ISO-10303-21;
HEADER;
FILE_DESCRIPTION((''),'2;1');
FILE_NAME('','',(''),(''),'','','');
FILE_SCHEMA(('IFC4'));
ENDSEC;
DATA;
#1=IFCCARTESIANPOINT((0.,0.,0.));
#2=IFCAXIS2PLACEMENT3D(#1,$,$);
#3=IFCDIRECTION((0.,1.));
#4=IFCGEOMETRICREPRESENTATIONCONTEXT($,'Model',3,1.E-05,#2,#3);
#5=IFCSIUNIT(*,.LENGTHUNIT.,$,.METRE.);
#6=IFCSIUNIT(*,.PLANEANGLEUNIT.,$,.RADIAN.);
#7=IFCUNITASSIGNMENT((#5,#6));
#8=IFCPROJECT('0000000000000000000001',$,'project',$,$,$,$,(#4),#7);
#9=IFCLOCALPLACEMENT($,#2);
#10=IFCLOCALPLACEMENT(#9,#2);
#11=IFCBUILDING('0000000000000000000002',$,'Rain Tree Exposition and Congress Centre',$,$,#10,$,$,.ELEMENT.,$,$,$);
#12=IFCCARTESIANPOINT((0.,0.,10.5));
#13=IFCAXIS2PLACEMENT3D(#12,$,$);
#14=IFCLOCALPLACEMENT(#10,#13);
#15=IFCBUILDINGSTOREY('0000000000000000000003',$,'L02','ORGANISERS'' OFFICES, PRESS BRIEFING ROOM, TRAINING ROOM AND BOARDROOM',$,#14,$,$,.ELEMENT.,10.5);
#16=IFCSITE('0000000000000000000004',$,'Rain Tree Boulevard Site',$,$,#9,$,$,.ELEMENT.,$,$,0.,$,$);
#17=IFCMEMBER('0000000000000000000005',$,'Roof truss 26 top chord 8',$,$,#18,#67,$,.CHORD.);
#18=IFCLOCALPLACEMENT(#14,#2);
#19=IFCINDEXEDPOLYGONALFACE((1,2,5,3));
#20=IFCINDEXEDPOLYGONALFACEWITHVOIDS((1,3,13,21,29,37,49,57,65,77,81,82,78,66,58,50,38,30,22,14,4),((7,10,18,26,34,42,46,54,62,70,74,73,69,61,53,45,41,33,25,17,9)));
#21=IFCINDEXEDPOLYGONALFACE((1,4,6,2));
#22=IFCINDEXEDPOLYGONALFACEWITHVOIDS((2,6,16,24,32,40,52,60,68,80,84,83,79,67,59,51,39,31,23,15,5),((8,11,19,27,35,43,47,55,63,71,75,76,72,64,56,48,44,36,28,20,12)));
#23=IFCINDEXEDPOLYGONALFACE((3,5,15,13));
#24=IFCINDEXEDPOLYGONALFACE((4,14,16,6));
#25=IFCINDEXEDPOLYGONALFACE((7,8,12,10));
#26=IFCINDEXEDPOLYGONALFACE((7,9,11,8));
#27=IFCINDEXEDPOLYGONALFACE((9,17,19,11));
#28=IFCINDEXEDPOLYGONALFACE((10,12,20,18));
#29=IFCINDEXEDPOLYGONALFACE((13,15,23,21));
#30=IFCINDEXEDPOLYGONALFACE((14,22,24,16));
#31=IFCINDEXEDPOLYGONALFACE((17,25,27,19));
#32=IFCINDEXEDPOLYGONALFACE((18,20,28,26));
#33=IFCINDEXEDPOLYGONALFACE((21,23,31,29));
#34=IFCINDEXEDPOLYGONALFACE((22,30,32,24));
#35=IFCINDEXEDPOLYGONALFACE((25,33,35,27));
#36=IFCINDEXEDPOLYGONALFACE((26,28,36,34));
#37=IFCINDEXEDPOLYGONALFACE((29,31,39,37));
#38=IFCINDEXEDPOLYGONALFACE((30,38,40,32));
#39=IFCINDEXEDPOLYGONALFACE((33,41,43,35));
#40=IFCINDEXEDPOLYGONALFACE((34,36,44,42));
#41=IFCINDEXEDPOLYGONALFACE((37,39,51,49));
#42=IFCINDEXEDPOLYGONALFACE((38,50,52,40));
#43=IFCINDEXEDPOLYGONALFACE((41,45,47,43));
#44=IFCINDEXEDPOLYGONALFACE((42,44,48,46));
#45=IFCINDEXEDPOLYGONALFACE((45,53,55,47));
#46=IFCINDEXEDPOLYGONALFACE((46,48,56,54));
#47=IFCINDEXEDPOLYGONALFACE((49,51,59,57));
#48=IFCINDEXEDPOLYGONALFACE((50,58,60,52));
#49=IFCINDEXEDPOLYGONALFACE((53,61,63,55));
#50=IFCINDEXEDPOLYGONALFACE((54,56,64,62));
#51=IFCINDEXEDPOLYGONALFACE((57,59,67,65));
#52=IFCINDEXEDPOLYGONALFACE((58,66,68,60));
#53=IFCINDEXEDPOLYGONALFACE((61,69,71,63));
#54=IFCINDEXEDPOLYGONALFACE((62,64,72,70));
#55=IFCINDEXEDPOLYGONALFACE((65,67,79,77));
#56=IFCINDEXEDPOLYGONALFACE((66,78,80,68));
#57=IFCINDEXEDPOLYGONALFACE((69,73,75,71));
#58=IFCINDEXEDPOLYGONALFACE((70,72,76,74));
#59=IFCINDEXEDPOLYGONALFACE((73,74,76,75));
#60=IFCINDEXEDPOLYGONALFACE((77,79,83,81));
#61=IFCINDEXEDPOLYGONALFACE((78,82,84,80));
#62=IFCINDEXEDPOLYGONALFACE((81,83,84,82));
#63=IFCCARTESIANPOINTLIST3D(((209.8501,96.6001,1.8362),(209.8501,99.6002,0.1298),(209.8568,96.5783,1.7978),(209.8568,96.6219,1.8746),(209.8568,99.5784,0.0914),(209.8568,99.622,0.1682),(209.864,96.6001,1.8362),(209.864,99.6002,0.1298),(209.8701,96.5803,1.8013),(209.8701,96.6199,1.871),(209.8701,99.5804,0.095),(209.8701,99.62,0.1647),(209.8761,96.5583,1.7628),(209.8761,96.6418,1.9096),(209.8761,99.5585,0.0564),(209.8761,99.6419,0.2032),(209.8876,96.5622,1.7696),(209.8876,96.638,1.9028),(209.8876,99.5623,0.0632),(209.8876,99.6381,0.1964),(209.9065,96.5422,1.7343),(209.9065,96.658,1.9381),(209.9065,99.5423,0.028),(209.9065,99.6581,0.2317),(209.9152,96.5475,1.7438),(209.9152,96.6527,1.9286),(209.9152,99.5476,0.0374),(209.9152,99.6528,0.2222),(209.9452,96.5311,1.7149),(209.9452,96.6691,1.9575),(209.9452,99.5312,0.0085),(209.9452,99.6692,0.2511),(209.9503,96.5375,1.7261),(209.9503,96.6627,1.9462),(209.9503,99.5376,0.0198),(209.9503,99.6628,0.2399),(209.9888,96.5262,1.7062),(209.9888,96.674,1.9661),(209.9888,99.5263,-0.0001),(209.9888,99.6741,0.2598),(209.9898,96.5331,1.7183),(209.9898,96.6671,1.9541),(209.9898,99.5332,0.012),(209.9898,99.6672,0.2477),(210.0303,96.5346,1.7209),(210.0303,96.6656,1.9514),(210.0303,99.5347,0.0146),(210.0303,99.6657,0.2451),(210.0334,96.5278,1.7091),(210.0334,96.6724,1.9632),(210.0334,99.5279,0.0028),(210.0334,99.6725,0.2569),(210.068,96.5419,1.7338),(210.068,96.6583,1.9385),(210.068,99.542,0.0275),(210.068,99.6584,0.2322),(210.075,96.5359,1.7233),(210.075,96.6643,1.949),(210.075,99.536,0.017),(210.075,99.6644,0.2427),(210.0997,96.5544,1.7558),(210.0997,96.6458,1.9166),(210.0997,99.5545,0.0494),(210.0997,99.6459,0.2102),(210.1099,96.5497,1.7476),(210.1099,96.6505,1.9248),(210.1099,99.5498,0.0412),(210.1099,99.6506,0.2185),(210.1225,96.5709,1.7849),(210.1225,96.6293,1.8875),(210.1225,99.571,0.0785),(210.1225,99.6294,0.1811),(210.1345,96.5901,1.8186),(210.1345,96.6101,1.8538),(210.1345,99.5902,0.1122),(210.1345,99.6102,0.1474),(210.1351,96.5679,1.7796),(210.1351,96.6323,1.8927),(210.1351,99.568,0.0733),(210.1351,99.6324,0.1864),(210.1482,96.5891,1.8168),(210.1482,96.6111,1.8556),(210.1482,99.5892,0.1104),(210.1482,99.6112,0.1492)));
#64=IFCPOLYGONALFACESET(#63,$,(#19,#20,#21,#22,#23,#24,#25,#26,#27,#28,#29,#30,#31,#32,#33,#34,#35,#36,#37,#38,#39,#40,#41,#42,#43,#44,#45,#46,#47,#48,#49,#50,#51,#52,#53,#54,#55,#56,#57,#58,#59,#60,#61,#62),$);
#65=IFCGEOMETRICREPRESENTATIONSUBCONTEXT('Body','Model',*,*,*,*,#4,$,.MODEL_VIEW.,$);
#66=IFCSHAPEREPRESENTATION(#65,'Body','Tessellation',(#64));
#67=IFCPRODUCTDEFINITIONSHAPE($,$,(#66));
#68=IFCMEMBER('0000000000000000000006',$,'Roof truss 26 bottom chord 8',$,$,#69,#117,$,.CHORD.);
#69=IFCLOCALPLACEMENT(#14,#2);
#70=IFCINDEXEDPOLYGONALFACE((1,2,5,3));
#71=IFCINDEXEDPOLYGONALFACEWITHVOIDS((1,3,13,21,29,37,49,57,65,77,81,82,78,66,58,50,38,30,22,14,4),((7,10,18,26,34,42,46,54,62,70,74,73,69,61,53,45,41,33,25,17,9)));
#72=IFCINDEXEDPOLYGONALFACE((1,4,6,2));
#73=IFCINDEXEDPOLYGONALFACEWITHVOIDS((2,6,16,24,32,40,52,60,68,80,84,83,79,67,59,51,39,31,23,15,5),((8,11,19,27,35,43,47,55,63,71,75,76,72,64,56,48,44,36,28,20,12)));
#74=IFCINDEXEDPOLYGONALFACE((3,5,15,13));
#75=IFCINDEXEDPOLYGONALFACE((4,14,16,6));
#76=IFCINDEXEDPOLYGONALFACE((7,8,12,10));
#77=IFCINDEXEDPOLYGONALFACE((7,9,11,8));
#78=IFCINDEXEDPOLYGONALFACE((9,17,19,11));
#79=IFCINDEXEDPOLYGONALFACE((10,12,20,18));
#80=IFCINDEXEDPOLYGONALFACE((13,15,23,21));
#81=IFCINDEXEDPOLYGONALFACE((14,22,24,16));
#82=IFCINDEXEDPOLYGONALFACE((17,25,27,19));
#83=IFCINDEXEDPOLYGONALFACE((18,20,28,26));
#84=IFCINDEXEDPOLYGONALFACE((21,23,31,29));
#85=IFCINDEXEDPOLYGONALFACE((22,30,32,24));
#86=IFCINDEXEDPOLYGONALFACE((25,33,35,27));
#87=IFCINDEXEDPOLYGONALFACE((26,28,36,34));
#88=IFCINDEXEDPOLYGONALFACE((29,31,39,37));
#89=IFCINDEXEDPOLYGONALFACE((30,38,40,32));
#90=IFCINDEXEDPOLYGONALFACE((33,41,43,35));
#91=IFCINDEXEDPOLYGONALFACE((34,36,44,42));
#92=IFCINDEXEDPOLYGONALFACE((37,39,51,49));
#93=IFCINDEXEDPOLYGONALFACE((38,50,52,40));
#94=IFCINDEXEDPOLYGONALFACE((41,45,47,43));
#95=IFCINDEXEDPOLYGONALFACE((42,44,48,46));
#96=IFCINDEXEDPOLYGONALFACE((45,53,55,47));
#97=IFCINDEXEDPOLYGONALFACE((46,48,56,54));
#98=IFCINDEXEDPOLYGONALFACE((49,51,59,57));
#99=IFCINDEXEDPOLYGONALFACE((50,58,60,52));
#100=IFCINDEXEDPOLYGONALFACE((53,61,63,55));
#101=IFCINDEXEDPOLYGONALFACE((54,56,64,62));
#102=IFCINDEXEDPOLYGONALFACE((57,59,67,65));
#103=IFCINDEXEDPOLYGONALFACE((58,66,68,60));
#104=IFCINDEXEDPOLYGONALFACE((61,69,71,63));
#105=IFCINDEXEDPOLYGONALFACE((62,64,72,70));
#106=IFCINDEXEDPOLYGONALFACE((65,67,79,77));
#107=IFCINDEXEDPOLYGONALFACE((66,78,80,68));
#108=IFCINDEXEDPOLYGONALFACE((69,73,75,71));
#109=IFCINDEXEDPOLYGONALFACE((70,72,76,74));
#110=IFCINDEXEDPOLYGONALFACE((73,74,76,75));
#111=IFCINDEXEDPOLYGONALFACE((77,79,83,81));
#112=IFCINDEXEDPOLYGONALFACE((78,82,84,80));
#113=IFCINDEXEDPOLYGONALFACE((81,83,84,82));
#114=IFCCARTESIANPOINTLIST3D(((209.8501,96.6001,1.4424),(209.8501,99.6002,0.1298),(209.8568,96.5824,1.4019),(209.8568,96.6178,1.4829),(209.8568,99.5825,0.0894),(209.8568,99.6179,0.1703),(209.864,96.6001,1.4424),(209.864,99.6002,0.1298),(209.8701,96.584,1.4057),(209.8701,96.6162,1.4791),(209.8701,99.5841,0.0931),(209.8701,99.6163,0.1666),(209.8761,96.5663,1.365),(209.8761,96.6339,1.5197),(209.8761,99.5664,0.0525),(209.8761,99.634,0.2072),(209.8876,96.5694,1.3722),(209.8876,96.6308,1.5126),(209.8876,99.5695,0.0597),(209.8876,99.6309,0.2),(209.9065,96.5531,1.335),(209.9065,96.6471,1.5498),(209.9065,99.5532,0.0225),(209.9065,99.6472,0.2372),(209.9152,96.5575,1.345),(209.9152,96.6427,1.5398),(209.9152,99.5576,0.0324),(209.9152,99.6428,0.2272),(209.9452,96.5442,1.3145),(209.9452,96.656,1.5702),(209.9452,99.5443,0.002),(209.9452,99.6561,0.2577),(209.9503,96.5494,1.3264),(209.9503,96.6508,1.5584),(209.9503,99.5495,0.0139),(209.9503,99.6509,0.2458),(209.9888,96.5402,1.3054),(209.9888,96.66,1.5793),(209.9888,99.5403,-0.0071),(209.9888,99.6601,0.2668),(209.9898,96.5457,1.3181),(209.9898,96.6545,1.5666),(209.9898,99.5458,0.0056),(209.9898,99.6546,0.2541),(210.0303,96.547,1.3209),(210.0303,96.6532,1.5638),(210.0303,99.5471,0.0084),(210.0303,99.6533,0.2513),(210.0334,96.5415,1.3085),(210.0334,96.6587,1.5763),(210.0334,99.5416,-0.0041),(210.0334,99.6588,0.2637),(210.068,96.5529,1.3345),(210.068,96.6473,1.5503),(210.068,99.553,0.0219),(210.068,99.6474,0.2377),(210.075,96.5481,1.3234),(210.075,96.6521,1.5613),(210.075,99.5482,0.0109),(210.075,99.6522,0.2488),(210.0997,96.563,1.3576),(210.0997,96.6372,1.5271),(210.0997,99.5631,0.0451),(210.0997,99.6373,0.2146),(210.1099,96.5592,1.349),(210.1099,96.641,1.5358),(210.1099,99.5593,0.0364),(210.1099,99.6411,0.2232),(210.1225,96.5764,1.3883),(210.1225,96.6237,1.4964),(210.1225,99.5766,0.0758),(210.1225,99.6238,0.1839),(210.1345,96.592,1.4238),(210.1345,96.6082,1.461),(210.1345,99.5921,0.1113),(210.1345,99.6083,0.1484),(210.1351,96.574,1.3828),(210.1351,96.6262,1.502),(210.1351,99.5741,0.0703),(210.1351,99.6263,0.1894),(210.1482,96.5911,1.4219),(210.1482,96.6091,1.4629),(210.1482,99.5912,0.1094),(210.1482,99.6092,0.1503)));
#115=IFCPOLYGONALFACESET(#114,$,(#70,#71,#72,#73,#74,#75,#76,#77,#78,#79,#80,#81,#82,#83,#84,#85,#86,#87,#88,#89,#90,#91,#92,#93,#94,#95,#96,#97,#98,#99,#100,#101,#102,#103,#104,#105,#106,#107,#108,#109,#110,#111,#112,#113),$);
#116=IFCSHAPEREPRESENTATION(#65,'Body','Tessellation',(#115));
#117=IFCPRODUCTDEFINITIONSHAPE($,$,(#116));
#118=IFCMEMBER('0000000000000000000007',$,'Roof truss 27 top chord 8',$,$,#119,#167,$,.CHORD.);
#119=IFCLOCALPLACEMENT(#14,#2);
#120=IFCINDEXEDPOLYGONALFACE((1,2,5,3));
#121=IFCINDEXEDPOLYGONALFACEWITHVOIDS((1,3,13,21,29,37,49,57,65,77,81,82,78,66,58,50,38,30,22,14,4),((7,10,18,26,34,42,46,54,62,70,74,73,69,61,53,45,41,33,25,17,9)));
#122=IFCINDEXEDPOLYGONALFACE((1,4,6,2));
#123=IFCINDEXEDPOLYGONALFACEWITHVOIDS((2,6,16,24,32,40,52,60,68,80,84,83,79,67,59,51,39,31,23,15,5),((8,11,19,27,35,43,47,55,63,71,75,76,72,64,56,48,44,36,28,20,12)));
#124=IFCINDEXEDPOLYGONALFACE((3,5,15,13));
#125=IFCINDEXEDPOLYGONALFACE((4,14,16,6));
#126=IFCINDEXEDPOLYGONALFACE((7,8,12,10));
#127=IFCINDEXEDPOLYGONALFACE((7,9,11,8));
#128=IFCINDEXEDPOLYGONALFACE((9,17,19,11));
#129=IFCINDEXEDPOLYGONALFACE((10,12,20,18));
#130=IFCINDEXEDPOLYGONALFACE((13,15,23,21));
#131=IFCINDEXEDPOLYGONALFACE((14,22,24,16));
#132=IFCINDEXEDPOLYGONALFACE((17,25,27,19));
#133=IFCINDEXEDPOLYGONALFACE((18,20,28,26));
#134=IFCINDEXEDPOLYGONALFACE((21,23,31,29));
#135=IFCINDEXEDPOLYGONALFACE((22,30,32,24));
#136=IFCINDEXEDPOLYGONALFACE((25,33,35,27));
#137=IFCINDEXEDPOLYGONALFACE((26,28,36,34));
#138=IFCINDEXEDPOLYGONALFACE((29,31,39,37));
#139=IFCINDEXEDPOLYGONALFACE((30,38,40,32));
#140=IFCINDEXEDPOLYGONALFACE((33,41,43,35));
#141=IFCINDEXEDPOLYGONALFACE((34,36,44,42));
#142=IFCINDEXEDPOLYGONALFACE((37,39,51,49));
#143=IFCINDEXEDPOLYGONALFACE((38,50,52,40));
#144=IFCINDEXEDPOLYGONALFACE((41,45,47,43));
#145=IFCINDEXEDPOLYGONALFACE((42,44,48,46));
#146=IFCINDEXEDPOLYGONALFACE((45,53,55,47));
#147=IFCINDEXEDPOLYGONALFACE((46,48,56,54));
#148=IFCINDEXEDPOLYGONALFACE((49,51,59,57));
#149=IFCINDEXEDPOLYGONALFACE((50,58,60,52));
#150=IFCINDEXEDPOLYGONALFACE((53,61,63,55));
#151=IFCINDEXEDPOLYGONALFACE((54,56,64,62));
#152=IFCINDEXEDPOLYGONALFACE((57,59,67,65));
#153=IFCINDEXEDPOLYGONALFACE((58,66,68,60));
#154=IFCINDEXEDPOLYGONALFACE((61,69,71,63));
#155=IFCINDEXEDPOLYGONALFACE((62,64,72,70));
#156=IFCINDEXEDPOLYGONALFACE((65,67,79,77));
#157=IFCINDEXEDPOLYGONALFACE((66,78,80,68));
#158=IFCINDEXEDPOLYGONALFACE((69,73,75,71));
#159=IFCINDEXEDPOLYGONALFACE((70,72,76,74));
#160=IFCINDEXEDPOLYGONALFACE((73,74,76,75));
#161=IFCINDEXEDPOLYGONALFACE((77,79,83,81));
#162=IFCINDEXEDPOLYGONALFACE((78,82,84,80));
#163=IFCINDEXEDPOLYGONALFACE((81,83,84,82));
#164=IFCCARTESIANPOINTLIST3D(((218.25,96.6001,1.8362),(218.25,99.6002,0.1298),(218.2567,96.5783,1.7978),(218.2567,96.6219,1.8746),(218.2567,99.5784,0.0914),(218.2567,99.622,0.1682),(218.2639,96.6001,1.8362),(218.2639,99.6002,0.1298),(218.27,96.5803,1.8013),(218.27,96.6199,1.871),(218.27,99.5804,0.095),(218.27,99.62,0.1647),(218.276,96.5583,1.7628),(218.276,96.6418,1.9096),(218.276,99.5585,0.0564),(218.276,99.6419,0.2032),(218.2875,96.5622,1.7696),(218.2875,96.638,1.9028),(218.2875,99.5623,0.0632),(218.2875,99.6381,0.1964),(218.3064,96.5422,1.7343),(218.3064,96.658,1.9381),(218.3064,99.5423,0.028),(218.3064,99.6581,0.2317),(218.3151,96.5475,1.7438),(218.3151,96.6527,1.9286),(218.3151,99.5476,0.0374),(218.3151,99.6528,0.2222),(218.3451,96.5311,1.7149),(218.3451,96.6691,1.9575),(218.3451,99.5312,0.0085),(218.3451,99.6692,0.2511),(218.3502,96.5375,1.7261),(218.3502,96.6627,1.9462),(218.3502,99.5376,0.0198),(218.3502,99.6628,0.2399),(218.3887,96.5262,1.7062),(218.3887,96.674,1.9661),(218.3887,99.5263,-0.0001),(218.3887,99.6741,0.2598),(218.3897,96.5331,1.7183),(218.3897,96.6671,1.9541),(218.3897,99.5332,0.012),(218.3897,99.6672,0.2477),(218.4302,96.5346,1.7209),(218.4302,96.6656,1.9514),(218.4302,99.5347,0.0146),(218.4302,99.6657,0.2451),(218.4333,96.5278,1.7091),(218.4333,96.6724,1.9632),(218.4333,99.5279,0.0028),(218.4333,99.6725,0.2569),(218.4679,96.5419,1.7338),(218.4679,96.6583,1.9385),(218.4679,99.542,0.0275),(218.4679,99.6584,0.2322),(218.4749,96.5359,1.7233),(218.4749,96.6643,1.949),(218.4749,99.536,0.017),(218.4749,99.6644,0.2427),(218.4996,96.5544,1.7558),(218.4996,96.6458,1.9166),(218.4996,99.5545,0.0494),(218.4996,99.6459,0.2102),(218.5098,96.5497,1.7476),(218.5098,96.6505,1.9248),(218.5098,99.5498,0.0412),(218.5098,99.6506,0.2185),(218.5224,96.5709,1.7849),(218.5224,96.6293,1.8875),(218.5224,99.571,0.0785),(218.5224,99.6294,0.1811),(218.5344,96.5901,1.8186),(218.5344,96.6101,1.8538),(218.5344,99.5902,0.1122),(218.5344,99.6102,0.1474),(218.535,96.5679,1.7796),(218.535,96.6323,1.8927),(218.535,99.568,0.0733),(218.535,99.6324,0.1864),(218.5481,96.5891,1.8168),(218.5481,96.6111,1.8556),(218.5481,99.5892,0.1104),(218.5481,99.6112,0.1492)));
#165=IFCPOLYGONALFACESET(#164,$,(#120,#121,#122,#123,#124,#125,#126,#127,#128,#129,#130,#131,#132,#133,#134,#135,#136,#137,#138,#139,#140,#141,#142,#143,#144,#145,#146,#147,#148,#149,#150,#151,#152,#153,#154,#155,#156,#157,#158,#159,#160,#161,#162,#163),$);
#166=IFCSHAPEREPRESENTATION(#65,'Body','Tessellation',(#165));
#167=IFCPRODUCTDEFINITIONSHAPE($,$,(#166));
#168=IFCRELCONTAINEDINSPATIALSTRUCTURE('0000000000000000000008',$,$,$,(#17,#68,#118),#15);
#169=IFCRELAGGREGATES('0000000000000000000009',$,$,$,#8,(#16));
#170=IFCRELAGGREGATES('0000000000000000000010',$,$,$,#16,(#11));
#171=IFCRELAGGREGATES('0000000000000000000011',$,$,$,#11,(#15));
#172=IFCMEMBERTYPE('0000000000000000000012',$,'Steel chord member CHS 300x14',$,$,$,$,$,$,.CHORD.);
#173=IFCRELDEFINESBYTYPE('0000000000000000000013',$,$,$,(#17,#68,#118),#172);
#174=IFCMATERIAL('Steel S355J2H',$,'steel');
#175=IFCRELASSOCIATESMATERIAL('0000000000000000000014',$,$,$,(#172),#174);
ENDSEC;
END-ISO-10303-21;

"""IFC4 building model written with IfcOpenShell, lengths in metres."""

from ifc_helpers import new_model, si_unit, direction, frame, origin, origin_2d, place, context, subcontext, project, spatial, hollow_circle, extrude, material, material_profile, profile_set, type_object, element, save


model = new_model("IFC4")

# Units and contexts
model_context = context("Model", 3, precision=1e-05, world=origin(), true_north=direction((0.0, 1.0)))
body_context = subcontext(model_context, "Body", "Model", "MODEL_VIEW")
ifc_project = project(units=[si_unit("LENGTHUNIT", "METRE"), si_unit("PLANEANGLEUNIT", "RADIAN")], contexts=[model_context])

# Site, building, storey
site_placement = place(None, origin())
site = spatial("IfcSite", under=ifc_project, at=site_placement, Name="Rain Tree Boulevard Site", CompositionType="ELEMENT", RefElevation=0.0)
building_placement = place(site_placement, origin())
building = spatial("IfcBuilding", under=site, at=building_placement, Name="Rain Tree Exposition and Congress Centre", CompositionType="ELEMENT")
storey_placement = place(building_placement, frame((0.0, 0.0, 10.5)))
storey = spatial("IfcBuildingStorey", under=building, at=storey_placement, Name="L02", Description="ORGANISERS' OFFICES, PRESS BRIEFING ROOM, TRAINING ROOM AND BOARDROOM", CompositionType="ELEMENT", Elevation=10.5)

# Members
ifc_material_1 = material(Name="Steel S355J2H", Category="steel")
ifc_material_profile_1 = material_profile(ifc_material_1, hollow_circle(Radius=0.1499, WallThickness=0.0139, at=origin_2d()), Name="CHS 300x14")
ifc_profile_set_1 = profile_set([ifc_material_profile_1], Name="Steel S355J2H")
member_type_1 = type_object("IfcMemberType", Name="Steel chord member CHS 300x14", PredefinedType="CHORD", material=ifc_profile_set_1)
member_1_placement = place(storey_placement, frame((210.0, 96.6001, 1.8362), z_axis=(0.0, 0.869238, -0.494393), x_axis=(-1.0, 0.0, 0.0)))
element("IfcMember", 1, at=member_1_placement, inside=storey, type_object=member_type_1, Name="Roof truss 26 top chord 8", PredefinedType="CHORD", context=body_context, shape_type="SweptSolid", body=[
    extrude(hollow_circle(Radius=0.1499, WallThickness=0.0139, at=origin_2d()), origin(), (0.0, 0.0, 1.0), 3.4514),
])
member_2_placement = place(storey_placement, frame((210.0, 96.6001, 1.4424), z_axis=(0.0, 0.916157, -0.400819), x_axis=(-1.0, 0.0, 0.0)))
element("IfcMember", 2, at=member_2_placement, inside=storey, type_object=member_type_1, Name="Roof truss 26 bottom chord 8", PredefinedType="CHORD", context=body_context, shape_type="SweptSolid", body=[
    extrude(hollow_circle(Radius=0.1499, WallThickness=0.0139, at=origin_2d()), origin(), (0.0, 0.0, 1.0), 3.2747),
])
member_3_placement = place(storey_placement, frame((218.3999, 96.6001, 1.8362), z_axis=(0.0, 0.869238, -0.494393), x_axis=(-1.0, 0.0, 0.0)))
element("IfcMember", 3, at=member_3_placement, inside=storey, type_object=member_type_1, Name="Roof truss 27 top chord 8", PredefinedType="CHORD", context=body_context, shape_type="SweptSolid", body=[
    extrude(hollow_circle(Radius=0.1499, WallThickness=0.0139, at=origin_2d()), origin(), (0.0, 0.0, 1.0), 3.4514),
])

save(model, "model.ifc")
